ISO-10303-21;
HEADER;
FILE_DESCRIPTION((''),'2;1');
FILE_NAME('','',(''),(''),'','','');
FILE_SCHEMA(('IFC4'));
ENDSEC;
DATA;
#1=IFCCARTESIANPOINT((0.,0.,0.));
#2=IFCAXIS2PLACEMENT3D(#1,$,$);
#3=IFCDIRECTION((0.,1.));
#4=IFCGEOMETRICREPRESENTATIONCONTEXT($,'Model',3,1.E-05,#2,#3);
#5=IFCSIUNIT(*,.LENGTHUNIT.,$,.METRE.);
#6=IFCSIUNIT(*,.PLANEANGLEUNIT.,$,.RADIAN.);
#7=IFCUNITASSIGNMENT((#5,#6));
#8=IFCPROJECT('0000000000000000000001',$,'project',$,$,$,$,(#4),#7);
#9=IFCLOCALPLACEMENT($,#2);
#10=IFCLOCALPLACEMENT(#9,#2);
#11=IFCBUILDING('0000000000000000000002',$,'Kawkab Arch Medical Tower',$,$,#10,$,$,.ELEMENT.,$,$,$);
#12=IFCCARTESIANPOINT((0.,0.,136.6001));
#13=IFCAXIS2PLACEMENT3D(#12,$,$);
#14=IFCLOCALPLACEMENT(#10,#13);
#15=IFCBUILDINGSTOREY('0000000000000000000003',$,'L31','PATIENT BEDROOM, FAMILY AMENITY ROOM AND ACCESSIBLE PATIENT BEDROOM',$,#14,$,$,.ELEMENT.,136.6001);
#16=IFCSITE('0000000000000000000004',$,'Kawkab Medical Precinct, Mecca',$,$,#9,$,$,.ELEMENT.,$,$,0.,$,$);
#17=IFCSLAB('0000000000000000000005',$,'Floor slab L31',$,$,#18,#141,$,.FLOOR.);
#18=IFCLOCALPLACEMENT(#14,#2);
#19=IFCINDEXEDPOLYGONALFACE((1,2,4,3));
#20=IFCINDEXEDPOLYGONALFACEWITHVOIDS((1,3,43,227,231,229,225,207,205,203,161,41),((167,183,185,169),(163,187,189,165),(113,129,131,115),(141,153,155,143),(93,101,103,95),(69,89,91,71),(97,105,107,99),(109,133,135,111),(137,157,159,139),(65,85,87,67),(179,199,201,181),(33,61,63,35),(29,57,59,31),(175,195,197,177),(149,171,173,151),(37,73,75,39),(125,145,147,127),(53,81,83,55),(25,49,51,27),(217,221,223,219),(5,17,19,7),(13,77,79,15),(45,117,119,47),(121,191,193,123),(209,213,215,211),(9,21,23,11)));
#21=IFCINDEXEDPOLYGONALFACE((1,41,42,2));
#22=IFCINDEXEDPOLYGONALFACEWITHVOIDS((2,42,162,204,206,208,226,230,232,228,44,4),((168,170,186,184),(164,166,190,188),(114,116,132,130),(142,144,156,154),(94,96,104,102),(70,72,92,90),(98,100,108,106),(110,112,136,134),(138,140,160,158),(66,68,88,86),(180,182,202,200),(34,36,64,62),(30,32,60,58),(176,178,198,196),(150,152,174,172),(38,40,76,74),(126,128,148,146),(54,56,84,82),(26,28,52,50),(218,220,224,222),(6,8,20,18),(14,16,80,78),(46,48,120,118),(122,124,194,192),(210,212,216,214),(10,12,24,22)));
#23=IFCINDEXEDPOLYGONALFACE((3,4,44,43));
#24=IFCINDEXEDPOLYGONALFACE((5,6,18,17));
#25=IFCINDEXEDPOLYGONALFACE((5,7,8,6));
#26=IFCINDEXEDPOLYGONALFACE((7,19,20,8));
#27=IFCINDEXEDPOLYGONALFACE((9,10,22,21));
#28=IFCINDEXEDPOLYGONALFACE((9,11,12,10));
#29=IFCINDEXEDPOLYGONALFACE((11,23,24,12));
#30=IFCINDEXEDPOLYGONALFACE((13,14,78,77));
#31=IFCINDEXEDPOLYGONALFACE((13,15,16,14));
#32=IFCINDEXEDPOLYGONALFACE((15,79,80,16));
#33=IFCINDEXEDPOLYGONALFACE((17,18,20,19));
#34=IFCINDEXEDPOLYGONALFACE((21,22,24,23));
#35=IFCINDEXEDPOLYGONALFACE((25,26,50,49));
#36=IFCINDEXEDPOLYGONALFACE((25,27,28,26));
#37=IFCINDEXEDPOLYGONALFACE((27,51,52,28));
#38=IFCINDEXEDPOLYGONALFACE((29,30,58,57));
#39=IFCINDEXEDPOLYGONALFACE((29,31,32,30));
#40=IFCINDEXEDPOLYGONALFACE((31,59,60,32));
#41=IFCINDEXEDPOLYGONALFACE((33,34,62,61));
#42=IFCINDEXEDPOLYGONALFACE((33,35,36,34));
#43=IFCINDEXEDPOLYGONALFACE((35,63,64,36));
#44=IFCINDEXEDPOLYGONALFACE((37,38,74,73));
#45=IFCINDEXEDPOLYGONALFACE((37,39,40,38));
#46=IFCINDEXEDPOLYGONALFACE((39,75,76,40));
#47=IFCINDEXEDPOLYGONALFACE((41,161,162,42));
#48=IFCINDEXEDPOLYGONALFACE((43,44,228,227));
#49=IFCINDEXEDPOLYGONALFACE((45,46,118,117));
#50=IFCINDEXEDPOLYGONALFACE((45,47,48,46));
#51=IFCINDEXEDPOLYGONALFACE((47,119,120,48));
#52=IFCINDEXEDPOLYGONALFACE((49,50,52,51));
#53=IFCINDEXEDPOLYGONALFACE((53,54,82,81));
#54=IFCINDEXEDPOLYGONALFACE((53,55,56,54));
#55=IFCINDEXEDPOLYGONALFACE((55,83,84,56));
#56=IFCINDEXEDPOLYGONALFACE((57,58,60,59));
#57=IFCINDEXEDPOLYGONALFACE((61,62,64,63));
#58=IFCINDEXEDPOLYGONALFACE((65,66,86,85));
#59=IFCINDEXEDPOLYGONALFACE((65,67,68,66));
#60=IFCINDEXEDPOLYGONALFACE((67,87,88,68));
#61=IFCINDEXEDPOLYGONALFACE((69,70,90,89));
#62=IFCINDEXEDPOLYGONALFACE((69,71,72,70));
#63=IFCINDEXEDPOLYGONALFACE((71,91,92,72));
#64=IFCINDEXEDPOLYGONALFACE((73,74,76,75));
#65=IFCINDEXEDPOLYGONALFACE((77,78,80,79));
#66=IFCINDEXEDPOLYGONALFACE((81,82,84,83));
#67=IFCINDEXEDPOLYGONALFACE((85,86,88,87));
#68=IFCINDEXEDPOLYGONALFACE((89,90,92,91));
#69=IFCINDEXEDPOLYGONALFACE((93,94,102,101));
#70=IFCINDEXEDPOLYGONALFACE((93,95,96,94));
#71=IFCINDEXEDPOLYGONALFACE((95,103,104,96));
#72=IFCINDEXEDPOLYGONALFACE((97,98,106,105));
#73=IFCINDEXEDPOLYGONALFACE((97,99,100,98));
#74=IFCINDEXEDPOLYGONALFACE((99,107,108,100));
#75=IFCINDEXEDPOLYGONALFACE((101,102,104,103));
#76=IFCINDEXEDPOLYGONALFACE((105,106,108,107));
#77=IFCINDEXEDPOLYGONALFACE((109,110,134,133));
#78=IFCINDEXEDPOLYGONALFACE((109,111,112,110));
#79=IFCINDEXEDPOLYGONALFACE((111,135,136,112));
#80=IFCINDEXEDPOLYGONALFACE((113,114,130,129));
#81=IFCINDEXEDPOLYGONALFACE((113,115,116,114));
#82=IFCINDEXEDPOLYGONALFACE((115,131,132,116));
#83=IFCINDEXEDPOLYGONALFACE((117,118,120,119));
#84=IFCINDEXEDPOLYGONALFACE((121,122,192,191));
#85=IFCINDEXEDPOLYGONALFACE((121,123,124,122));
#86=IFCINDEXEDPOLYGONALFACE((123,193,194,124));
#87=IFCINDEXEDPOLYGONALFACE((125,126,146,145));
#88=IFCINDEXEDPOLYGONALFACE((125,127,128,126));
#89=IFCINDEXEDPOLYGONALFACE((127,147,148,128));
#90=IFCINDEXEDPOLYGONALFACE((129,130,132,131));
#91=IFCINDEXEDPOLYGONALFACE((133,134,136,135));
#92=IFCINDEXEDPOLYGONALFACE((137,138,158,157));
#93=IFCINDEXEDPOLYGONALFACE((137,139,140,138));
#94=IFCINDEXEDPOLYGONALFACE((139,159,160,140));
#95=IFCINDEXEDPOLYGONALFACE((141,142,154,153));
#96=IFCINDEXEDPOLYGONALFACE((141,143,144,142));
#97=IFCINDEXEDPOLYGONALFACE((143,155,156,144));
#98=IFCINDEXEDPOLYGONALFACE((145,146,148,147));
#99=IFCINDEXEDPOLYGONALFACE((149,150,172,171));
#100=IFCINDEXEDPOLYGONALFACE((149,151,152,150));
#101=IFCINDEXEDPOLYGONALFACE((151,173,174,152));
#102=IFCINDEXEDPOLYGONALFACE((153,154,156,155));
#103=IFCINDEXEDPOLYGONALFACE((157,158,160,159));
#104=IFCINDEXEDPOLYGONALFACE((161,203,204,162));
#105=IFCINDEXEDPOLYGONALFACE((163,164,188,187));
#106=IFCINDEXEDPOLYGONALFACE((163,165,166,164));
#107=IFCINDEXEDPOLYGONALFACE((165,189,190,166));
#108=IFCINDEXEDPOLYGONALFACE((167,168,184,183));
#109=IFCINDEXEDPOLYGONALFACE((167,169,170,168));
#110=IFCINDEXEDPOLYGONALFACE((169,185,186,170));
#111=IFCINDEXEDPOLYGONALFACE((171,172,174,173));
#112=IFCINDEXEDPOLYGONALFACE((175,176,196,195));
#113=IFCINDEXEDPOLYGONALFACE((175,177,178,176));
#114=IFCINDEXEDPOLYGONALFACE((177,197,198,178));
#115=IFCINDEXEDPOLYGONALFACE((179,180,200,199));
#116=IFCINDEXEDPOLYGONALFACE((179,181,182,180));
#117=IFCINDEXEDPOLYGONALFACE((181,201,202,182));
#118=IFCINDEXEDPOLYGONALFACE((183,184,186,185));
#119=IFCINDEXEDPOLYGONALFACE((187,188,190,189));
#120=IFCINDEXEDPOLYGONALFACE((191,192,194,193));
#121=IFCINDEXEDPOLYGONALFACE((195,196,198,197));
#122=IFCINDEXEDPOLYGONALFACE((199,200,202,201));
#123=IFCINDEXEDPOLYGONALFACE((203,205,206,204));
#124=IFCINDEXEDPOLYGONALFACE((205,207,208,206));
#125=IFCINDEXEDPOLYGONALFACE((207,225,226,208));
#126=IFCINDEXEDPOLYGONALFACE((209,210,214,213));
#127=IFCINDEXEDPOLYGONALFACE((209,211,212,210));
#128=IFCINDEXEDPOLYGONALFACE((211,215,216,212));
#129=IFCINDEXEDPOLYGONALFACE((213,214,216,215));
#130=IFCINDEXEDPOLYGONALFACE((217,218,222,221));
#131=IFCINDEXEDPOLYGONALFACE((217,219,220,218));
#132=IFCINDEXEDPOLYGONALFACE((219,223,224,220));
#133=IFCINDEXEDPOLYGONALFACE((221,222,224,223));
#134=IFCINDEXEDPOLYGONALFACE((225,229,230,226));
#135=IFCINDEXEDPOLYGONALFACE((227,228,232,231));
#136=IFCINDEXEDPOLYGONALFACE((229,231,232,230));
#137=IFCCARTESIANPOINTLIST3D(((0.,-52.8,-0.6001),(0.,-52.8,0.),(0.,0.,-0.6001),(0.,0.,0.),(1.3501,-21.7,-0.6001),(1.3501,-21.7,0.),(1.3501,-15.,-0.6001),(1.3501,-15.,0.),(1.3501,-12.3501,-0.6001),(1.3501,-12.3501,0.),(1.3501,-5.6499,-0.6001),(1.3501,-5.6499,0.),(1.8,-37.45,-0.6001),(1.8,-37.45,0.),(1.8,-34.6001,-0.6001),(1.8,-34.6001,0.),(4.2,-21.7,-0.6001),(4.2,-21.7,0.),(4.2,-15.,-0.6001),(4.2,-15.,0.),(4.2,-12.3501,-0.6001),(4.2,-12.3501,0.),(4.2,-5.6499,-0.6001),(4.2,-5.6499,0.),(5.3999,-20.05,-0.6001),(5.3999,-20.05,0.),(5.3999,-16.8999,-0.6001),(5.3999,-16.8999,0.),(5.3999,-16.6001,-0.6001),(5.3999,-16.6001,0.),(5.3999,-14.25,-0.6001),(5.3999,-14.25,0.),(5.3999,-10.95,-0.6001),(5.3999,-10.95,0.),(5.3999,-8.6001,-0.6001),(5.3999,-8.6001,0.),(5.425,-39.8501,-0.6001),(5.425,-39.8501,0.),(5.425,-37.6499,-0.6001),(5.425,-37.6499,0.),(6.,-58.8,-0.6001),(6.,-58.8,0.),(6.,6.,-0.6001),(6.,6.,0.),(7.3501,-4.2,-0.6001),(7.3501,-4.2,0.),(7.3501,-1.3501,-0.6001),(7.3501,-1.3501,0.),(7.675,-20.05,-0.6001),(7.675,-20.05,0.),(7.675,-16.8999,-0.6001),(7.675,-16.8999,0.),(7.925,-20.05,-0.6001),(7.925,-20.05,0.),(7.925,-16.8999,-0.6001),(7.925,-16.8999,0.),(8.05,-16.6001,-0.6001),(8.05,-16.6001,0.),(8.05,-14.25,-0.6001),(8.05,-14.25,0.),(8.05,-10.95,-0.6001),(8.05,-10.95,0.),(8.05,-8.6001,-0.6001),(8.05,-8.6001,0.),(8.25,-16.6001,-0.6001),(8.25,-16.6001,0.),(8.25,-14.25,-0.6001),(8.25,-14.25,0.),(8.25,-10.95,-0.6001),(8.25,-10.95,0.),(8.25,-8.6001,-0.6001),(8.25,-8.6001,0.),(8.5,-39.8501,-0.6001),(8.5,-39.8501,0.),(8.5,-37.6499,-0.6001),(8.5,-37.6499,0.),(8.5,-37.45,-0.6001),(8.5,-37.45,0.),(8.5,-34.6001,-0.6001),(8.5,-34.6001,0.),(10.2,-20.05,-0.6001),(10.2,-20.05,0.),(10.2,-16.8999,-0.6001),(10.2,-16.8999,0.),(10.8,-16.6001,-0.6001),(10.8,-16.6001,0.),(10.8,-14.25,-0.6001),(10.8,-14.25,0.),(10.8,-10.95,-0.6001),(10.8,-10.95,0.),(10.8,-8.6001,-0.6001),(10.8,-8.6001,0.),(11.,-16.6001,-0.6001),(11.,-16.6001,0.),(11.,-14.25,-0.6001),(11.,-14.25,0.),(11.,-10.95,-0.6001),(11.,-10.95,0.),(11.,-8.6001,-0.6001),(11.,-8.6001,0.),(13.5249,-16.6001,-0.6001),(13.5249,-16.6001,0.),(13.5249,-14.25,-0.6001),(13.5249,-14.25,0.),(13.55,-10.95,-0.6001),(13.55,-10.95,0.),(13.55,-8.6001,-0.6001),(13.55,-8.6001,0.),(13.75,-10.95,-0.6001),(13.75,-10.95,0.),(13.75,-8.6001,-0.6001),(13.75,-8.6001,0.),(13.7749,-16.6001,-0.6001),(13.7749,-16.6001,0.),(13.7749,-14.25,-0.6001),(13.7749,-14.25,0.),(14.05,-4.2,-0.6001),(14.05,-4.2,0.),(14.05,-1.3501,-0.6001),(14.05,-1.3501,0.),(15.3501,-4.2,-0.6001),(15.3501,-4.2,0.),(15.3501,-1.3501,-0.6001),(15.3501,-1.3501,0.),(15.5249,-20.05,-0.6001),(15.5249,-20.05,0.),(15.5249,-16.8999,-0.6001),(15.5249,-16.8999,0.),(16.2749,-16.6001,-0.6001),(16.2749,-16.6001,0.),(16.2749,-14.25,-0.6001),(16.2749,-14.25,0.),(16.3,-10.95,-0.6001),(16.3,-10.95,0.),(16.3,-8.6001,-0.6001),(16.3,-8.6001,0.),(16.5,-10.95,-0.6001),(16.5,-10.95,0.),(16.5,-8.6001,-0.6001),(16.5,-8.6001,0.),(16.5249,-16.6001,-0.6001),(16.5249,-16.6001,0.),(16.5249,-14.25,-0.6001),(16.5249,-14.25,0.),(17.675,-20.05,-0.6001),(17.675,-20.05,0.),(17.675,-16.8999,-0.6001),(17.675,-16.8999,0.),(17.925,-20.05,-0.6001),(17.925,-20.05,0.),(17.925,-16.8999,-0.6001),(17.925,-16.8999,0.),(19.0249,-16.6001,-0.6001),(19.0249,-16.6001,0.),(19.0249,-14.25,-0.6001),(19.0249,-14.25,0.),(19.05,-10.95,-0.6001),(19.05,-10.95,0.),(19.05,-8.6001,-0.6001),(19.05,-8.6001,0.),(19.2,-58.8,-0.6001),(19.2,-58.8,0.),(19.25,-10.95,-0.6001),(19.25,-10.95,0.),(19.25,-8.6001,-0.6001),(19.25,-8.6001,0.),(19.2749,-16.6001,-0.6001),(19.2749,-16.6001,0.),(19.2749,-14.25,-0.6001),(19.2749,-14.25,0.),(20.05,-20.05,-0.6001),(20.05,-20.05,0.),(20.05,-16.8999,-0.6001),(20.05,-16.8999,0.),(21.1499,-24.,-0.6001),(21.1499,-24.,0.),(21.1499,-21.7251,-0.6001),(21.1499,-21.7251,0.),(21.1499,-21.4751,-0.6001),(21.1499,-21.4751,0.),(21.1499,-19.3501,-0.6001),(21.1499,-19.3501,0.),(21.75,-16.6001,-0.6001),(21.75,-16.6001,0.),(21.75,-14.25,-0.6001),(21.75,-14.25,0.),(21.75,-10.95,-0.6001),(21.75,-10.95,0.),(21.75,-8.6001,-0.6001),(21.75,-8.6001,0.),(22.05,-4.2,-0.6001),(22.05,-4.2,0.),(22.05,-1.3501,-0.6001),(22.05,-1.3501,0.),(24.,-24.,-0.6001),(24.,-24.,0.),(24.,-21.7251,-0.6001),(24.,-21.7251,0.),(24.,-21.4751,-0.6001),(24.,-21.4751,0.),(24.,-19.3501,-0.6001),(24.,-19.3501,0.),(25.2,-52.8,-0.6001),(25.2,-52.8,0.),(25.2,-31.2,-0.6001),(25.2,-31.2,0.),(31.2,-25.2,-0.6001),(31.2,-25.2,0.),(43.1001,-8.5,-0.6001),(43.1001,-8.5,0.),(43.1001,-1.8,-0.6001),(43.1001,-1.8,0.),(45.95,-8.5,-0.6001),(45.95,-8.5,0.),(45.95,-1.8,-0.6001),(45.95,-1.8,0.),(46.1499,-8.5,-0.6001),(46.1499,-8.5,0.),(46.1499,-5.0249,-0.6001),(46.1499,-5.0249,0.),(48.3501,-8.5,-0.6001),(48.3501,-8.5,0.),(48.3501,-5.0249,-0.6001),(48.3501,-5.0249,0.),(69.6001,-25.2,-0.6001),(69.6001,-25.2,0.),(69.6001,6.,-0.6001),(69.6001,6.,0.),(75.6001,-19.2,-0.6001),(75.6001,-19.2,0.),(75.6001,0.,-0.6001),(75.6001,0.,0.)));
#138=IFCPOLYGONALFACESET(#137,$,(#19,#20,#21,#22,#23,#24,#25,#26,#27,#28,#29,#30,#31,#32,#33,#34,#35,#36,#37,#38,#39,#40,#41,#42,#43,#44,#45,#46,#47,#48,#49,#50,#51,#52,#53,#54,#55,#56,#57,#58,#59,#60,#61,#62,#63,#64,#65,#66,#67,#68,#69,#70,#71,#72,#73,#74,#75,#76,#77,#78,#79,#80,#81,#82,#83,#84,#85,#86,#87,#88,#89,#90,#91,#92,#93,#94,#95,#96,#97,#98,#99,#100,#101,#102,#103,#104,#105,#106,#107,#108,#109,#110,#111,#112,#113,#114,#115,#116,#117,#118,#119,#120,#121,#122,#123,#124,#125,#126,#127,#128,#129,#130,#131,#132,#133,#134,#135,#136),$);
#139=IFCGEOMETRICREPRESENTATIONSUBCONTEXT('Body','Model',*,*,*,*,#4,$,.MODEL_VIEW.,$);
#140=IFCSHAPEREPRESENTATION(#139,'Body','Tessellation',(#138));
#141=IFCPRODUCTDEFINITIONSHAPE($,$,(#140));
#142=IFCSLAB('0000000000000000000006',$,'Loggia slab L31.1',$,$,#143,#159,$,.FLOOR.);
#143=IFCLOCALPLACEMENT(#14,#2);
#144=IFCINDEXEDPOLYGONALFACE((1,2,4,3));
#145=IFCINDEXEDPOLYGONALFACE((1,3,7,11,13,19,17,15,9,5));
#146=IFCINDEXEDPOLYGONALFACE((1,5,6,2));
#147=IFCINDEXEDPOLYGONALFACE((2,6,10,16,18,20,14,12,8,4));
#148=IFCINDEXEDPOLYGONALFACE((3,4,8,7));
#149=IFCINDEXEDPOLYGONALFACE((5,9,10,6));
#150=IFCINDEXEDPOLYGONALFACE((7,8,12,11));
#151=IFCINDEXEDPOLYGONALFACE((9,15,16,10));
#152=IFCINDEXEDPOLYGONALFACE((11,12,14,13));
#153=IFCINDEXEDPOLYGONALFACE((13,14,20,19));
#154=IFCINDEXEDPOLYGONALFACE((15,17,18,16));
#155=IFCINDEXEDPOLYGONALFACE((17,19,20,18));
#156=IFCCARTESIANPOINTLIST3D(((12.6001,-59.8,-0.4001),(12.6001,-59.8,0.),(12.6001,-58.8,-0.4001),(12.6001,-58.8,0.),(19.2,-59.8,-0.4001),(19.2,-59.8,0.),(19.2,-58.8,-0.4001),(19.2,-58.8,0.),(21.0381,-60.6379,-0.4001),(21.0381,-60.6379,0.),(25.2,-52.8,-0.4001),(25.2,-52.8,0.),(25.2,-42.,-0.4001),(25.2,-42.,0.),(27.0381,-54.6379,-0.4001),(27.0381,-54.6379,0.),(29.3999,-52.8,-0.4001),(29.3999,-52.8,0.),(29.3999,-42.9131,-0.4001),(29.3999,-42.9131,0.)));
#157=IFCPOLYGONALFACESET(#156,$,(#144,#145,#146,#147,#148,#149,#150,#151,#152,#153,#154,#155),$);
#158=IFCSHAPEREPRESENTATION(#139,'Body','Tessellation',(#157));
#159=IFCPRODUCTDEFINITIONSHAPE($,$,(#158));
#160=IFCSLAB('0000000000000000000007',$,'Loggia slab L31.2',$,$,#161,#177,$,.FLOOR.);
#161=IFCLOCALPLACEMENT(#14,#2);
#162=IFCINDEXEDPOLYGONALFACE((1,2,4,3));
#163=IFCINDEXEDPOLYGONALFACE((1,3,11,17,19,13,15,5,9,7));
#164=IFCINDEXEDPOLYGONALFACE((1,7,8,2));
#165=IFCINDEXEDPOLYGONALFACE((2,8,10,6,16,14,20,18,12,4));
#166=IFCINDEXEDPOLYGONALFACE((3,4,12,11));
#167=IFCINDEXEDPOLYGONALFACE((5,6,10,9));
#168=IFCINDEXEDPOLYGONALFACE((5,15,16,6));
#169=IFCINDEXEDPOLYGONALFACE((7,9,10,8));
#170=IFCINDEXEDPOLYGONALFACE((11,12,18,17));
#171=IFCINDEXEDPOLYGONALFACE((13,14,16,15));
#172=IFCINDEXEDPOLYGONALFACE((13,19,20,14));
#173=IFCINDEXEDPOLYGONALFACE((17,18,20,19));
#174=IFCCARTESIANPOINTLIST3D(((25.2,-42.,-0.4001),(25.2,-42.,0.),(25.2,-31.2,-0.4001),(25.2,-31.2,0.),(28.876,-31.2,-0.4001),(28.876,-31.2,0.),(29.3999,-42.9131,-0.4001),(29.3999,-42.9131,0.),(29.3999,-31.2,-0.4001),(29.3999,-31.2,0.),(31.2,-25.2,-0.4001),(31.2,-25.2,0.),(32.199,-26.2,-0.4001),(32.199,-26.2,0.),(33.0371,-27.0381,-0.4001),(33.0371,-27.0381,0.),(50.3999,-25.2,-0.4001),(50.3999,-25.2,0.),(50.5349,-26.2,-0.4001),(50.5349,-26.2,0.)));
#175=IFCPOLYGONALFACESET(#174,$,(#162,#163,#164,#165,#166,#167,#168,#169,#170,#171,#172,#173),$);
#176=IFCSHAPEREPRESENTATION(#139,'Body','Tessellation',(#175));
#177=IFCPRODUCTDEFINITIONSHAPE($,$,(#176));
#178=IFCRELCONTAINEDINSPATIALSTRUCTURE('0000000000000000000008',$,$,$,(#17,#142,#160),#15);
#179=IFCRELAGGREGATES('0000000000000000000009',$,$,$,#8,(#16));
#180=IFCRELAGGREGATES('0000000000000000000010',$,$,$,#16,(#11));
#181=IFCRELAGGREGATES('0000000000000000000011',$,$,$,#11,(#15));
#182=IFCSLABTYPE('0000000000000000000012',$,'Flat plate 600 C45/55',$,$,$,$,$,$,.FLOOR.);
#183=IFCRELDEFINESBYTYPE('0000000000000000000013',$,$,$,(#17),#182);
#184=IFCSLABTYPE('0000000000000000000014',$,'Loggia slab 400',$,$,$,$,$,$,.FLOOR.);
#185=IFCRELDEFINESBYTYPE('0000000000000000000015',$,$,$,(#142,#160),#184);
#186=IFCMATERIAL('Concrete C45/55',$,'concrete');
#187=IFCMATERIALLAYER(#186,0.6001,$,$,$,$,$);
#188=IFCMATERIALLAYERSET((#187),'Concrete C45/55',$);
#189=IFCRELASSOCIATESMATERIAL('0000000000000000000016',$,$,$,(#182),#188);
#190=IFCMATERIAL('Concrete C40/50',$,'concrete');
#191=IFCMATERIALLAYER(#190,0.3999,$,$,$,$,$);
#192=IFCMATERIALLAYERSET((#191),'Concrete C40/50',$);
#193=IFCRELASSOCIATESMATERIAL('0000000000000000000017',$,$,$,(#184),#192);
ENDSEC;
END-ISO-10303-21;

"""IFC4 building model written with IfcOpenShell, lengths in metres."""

from ifc_helpers import new_model, si_unit, direction, frame, origin, place, context, subcontext, project, spatial, polyline, outline, extrude, material, layer, layer_set, type_object, element, save


model = new_model("IFC4")

# Units and contexts
model_context = context("Model", 3, precision=1e-05, world=origin(), true_north=direction((0.0, 1.0)))
body_context = subcontext(model_context, "Body", "Model", "MODEL_VIEW")
ifc_project = project(units=[si_unit("LENGTHUNIT", "METRE"), si_unit("PLANEANGLEUNIT", "RADIAN")], contexts=[model_context])

# Site, building, storey
site_placement = place(None, origin())
site = spatial("IfcSite", under=ifc_project, at=site_placement, Name="Kawkab Medical Precinct, Mecca", CompositionType="ELEMENT", RefElevation=0.0)
building_placement = place(site_placement, origin())
building = spatial("IfcBuilding", under=site, at=building_placement, Name="Kawkab Arch Medical Tower", CompositionType="ELEMENT")
storey_placement = place(building_placement, frame((0.0, 0.0, 136.6001)))
storey = spatial("IfcBuildingStorey", under=building, at=storey_placement, Name="L31", Description="PATIENT BEDROOM, FAMILY AMENITY ROOM AND ACCESSIBLE PATIENT BEDROOM", CompositionType="ELEMENT", Elevation=136.6001)

# Slabs
ifc_material_1 = material(Name="Concrete C45/55", Category="concrete")
ifc_layer_1 = layer(ifc_material_1, 0.6001)
ifc_layer_set_1 = layer_set([ifc_layer_1], Name="Concrete C45/55")
slab_type_1 = type_object("IfcSlabType", Name="Flat plate 600 C45/55", PredefinedType="FLOOR", material=ifc_layer_set_1)
slab_1_placement = place(storey_placement, frame((0.0, 0.0, -0.6001)))
element("IfcSlab", 1, at=slab_1_placement, inside=storey, type_object=slab_type_1, Name="Floor slab L31", PredefinedType="FLOOR", context=body_context, shape_type="SweptSolid", body=[
    extrude(outline(polyline([(6.0, 6.0), (69.6001, 6.0), (75.6001, 0.0), (75.6001, -19.2), (69.6001, -25.2), (31.2, -25.2), (25.2, -31.2), (25.2, -52.8), (19.2, -58.8), (6.0, -58.8), (0.0, -52.8), (0.0, 0.0), (6.0, 6.0)]), holes=[polyline([(5.425, -37.6499), (5.425, -39.8501), (8.5, -39.8501), (8.5, -37.6499), (5.425, -37.6499)]), polyline([(1.8, -37.45), (8.5, -37.45), (8.5, -34.6001), (1.8, -34.6001), (1.8, -37.45)]), polyline([(5.3999, -16.8999), (5.3999, -20.05), (7.675, -20.05), (7.675, -16.8999), (5.3999, -16.8999)]), polyline([(10.2, -16.8999), (7.925, -16.8999), (7.925, -20.05), (10.2, -20.05), (10.2, -16.8999)]), polyline([(4.2, -21.7), (4.2, -15.0), (1.3501, -15.0), (1.3501, -21.7), (4.2, -21.7)]), polyline([(5.3999, -14.25), (5.3999, -16.6001), (8.05, -16.6001), (8.05, -14.25), (5.3999, -14.25)]), polyline([(10.8, -14.25), (8.25, -14.25), (8.25, -16.6001), (10.8, -16.6001), (10.8, -14.25)]), polyline([(11.0, -14.25), (11.0, -16.6001), (13.5249, -16.6001), (13.5249, -14.25), (11.0, -14.25)]), polyline([(5.3999, -8.6001), (5.3999, -10.95), (8.05, -10.95), (8.05, -8.6001), (5.3999, -8.6001)]), polyline([(10.8, -8.6001), (8.25, -8.6001), (8.25, -10.95), (10.8, -10.95), (10.8, -8.6001)]), polyline([(11.0, -10.95), (13.55, -10.95), (13.55, -8.6001), (11.0, -8.6001), (11.0, -10.95)]), polyline([(4.2, -12.3501), (4.2, -5.6499), (1.3501, -5.6499), (1.3501, -12.3501), (4.2, -12.3501)]), polyline([(7.3501, -4.2), (14.05, -4.2), (14.05, -1.3501), (7.3501, -1.3501), (7.3501, -4.2)]), polyline([(24.0, -21.7251), (21.1499, -21.7251), (21.1499, -24.0), (24.0, -24.0), (24.0, -21.7251)]), polyline([(24.0, -21.4751), (24.0, -19.3501), (21.1499, -19.3501), (21.1499, -21.4751), (24.0, -21.4751)]), polyline([(15.5249, -16.8999), (15.5249, -20.05), (17.675, -20.05), (17.675, -16.8999), (15.5249, -16.8999)]), polyline([(17.925, -20.05), (20.05, -20.05), (20.05, -16.8999), (17.925, -16.8999), (17.925, -20.05)]), polyline([(16.2749, -14.25), (13.7749, -14.25), (13.7749, -16.6001), (16.2749, -16.6001), (16.2749, -14.25)]), polyline([(19.0249, -14.25), (16.5249, -14.25), (16.5249, -16.6001), (19.0249, -16.6001), (19.0249, -14.25)]), polyline([(19.2749, -16.6001), (21.75, -16.6001), (21.75, -14.25), (19.2749, -14.25), (19.2749, -16.6001)]), polyline([(13.75, -8.6001), (13.75, -10.95), (16.3, -10.95), (16.3, -8.6001), (13.75, -8.6001)]), polyline([(16.5, -8.6001), (16.5, -10.95), (19.05, -10.95), (19.05, -8.6001), (16.5, -8.6001)]), polyline([(19.25, -10.95), (21.75, -10.95), (21.75, -8.6001), (19.25, -8.6001), (19.25, -10.95)]), polyline([(46.1499, -5.0249), (46.1499, -8.5), (48.3501, -8.5), (48.3501, -5.0249), (46.1499, -5.0249)]), polyline([(43.1001, -1.8), (43.1001, -8.5), (45.95, -8.5), (45.95, -1.8), (43.1001, -1.8)]), polyline([(22.05, -1.3501), (15.3501, -1.3501), (15.3501, -4.2), (22.05, -4.2), (22.05, -1.3501)])]), origin(), (0.0, 0.0, 1.0), 0.6001),
])
ifc_material_2 = material(Name="Concrete C40/50", Category="concrete")
ifc_layer_2 = layer(ifc_material_2, 0.3999)
ifc_layer_set_2 = layer_set([ifc_layer_2], Name="Concrete C40/50")
slab_type_2 = type_object("IfcSlabType", Name="Loggia slab 400", PredefinedType="FLOOR", material=ifc_layer_set_2)
placement_1 = place(storey_placement, frame((0.0, 0.0, -0.4001)))
element("IfcSlab", 2, at=placement_1, inside=storey, type_object=slab_type_2, Name="Loggia slab L31.1", PredefinedType="FLOOR", context=body_context, shape_type="SweptSolid", body=[
    extrude(outline(polyline([(19.2, -59.8), (12.6001, -59.8), (12.6001, -58.8), (19.2, -58.8), (25.2, -52.8), (25.2, -42.0), (29.3999, -42.9131), (29.3999, -52.8), (27.0381, -54.6379), (21.0381, -60.6379), (19.2, -59.8)])), origin(), (0.0, 0.0, 1.0), 0.4001),
])
element("IfcSlab", 3, at=placement_1, inside=storey, type_object=slab_type_2, Name="Loggia slab L31.2", PredefinedType="FLOOR", context=body_context, shape_type="SweptSolid", body=[
    extrude(outline(polyline([(33.0371, -27.0381), (28.876, -31.2), (29.3999, -31.2), (29.3999, -42.9131), (25.2, -42.0), (25.2, -31.2), (31.2, -25.2), (50.3999, -25.2), (50.5349, -26.2), (32.199, -26.2), (33.0371, -27.0381)])), origin(), (0.0, 0.0, 1.0), 0.4001),
])

save(model, "model.ifc")
